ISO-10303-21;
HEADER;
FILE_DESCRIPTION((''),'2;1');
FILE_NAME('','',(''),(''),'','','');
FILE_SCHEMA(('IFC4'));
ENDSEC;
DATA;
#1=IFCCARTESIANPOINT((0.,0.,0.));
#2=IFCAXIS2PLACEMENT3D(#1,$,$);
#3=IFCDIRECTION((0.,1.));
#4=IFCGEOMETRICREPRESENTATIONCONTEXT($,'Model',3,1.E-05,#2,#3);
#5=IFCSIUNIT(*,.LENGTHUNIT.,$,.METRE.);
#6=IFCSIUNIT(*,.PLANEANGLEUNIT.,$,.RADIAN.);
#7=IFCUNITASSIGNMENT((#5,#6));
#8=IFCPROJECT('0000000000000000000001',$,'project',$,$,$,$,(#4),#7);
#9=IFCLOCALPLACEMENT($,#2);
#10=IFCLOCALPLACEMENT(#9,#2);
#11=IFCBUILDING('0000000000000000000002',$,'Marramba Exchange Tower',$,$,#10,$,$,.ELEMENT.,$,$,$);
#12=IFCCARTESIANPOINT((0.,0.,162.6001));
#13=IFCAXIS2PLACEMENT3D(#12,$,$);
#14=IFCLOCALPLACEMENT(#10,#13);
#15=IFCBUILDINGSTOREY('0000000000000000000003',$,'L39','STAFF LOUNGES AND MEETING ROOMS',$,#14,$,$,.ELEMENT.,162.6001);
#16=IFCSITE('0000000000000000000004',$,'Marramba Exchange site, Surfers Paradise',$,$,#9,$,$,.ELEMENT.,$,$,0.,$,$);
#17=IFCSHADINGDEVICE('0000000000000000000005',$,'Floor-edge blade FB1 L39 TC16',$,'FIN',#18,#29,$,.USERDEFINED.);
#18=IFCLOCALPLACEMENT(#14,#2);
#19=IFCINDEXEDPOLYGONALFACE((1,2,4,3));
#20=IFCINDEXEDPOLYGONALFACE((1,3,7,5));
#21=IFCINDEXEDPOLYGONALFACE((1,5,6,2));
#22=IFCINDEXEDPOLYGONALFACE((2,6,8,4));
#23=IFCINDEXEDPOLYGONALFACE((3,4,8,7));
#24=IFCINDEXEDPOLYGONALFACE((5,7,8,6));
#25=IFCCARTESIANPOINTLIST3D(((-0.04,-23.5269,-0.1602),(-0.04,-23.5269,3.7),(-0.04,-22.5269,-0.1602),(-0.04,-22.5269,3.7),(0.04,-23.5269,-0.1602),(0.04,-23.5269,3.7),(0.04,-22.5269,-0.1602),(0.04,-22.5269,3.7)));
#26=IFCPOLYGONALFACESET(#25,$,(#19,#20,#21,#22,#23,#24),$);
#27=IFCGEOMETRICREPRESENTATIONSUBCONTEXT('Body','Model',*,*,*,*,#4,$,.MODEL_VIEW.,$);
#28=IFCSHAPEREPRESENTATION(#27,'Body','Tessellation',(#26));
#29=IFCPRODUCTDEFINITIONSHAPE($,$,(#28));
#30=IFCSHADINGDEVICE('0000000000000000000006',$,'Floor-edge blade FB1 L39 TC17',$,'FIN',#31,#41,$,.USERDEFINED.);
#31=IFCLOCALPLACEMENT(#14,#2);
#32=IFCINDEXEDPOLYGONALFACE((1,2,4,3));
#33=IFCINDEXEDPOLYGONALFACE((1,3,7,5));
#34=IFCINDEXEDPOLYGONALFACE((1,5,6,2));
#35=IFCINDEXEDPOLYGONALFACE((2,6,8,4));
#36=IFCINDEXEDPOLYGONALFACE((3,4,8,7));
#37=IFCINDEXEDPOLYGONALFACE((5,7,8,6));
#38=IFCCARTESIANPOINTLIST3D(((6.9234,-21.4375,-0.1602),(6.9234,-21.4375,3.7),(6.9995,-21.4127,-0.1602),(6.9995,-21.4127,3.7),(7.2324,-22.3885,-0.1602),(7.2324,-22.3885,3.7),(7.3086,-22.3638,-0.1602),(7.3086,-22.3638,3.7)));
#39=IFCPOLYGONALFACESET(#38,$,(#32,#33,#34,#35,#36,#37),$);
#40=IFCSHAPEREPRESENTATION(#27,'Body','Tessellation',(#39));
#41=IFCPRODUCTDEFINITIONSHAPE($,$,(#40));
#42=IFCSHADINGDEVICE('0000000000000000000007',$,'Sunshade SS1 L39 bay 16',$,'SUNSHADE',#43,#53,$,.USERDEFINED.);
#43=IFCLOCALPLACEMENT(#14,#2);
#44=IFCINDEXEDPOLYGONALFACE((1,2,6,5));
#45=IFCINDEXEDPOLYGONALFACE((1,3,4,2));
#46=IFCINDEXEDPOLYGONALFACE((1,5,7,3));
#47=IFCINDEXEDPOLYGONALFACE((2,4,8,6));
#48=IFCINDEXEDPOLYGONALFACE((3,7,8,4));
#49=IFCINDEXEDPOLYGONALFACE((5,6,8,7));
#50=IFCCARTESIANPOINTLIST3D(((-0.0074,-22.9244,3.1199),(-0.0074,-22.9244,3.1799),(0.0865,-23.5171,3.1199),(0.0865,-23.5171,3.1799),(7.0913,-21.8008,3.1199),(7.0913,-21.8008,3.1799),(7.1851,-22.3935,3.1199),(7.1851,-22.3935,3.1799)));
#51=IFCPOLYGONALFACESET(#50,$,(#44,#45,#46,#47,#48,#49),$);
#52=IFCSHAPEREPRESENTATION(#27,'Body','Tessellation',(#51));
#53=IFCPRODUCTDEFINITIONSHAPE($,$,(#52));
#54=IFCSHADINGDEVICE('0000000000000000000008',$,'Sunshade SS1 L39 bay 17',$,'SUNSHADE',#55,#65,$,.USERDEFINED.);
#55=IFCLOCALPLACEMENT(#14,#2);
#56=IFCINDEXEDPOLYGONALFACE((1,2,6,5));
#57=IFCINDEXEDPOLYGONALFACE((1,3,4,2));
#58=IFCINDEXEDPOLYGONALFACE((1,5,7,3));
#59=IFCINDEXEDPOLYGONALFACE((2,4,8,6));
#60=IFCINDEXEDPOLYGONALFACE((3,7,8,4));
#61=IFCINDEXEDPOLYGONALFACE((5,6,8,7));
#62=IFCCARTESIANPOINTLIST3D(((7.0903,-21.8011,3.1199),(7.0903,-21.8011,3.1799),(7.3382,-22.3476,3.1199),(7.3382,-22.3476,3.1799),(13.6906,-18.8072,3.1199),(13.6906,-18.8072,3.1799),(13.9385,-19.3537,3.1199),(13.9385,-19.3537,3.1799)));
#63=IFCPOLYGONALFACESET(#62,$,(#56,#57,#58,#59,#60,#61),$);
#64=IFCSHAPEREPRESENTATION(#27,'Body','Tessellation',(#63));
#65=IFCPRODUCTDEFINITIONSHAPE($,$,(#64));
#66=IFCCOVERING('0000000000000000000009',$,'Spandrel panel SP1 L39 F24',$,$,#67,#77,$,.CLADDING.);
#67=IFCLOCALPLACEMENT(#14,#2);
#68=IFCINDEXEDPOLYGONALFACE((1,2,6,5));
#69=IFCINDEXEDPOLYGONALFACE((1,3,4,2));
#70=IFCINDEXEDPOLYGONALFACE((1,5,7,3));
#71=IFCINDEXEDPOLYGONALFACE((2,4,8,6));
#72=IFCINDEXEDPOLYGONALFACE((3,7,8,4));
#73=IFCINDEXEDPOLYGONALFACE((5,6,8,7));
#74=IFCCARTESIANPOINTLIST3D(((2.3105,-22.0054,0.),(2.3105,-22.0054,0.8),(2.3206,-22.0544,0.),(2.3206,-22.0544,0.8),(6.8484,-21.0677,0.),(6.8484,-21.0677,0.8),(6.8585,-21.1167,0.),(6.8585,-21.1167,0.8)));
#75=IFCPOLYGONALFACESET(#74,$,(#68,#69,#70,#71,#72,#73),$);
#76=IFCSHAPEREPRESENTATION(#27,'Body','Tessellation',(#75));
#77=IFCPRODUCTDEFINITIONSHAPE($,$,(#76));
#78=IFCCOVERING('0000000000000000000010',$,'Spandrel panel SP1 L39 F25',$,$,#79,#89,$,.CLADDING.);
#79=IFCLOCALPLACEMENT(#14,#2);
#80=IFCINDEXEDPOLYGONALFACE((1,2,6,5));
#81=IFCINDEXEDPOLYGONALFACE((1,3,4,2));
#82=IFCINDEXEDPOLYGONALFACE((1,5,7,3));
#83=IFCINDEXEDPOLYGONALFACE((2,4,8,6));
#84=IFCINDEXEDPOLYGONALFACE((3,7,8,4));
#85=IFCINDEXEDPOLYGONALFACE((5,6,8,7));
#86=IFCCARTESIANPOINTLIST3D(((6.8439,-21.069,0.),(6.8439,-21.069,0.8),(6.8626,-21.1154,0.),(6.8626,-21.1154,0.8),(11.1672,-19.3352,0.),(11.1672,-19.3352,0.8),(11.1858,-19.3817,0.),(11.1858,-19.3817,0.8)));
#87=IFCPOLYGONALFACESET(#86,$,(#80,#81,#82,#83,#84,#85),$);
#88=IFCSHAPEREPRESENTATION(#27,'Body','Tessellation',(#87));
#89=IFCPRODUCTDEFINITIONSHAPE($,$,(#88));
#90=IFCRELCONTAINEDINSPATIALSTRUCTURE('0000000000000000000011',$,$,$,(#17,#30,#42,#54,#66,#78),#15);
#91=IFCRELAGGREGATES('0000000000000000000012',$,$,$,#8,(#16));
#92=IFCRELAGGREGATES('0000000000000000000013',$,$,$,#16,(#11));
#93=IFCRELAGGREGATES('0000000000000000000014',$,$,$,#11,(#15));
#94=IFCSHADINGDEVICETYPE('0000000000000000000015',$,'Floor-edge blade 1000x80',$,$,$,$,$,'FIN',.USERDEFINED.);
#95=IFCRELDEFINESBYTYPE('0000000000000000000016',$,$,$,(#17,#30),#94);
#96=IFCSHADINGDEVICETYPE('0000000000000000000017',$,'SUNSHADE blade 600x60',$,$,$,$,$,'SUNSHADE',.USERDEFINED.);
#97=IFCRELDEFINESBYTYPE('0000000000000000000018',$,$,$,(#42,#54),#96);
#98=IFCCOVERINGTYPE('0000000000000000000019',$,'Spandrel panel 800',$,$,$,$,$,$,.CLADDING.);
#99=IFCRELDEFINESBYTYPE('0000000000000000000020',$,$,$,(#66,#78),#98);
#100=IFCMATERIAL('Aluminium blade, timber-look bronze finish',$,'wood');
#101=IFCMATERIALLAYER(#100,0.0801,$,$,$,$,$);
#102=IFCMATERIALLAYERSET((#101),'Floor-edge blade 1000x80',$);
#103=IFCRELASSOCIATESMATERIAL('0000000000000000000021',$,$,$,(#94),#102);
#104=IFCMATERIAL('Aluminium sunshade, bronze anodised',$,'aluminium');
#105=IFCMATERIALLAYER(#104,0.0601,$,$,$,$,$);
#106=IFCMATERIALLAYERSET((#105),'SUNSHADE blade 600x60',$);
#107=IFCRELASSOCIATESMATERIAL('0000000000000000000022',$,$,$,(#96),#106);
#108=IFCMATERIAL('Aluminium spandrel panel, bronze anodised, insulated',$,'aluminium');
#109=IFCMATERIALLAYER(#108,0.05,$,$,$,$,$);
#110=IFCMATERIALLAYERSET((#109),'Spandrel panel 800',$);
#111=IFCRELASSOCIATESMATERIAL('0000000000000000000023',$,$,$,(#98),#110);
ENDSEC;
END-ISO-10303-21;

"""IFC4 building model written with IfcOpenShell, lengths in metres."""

from ifc_helpers import new_model, si_unit, direction, frame, origin, origin_2d, place, context, subcontext, project, spatial, rectangle, extrude, material, layer, layer_set, type_object, element, save


model = new_model("IFC4")

# Units and contexts
model_context = context("Model", 3, precision=1e-05, world=origin(), true_north=direction((0.0, 1.0)))
body_context = subcontext(model_context, "Body", "Model", "MODEL_VIEW")
ifc_project = project(units=[si_unit("LENGTHUNIT", "METRE"), si_unit("PLANEANGLEUNIT", "RADIAN")], contexts=[model_context])

# Site, building, storey
site_placement = place(None, origin())
site = spatial("IfcSite", under=ifc_project, at=site_placement, Name="Marramba Exchange site, Surfers Paradise", CompositionType="ELEMENT", RefElevation=0.0)
building_placement = place(site_placement, origin())
building = spatial("IfcBuilding", under=site, at=building_placement, Name="Marramba Exchange Tower", CompositionType="ELEMENT")
storey_placement = place(building_placement, frame((0.0, 0.0, 162.6001)))
storey = spatial("IfcBuildingStorey", under=building, at=storey_placement, Name="L39", Description="STAFF LOUNGES AND MEETING ROOMS", CompositionType="ELEMENT", Elevation=162.6001)

# Shading devices
ifc_material_1 = material(Name="Aluminium blade, timber-look bronze finish", Category="wood")
ifc_layer_1 = layer(ifc_material_1, 0.0801)
ifc_layer_set_1 = layer_set([ifc_layer_1], Name="Floor-edge blade 1000x80")
shading_device_type_1 = type_object("IfcShadingDeviceType", Name="Floor-edge blade 1000x80", ElementType="FIN", PredefinedType="USERDEFINED", material=ifc_layer_set_1)
for number, where, z_axis, x_axis, name in (
    (1, (0.0, -23.0269, -0.1602), (0.0, 0.0, 1.0), (0.0, -1.0, 0.0), "Floor-edge blade FB1 L39 TC16"),
    (2, (7.116, -21.9006, -0.1602), (0.0, 0.0, 1.0), (0.309017, -0.951057, 0.0), "Floor-edge blade FB1 L39 TC17"),
):
    element("IfcShadingDevice", number, at=place(storey_placement, frame(where, z_axis=z_axis, x_axis=x_axis)), inside=storey, type_object=shading_device_type_1, Name=name, ObjectType="FIN", PredefinedType="USERDEFINED", context=body_context, shape_type="SweptSolid", body=[
        extrude(rectangle(XDim=1.0, YDim=0.0801, at=origin_2d()), origin(), (0.0, 0.0, 1.0), 3.8601),
    ])
ifc_material_2 = material(Name="Aluminium sunshade, bronze anodised", Category="aluminium")
ifc_layer_2 = layer(ifc_material_2, 0.0601)
ifc_layer_set_2 = layer_set([ifc_layer_2], Name="SUNSHADE blade 600x60")
shading_device_type_2 = type_object("IfcShadingDeviceType", Name="SUNSHADE blade 600x60", ElementType="SUNSHADE", PredefinedType="USERDEFINED", material=ifc_layer_set_2)
shading_device_1_placement = place(storey_placement, frame((3.5889, -22.6589, 3.1199), z_axis=(0.0, 0.0, 1.0), x_axis=(0.987705, 0.15633, 0.0)))
element("IfcShadingDevice", 3, at=shading_device_1_placement, inside=storey, type_object=shading_device_type_2, Name="Sunshade SS1 L39 bay 16", ObjectType="SUNSHADE", PredefinedType="USERDEFINED", context=body_context, shape_type="SweptSolid", body=[
    extrude(rectangle(XDim=7.187, YDim=0.6001, at=origin_2d()), origin(), (0.0, 0.0, 1.0), 0.0601),
])
shading_device_2_placement = place(storey_placement, frame((10.5144, -20.5774, 3.1199), z_axis=(0.0, 0.0, 1.0), x_axis=(0.910692, 0.413086, 0.0)))
element("IfcShadingDevice", 4, at=shading_device_2_placement, inside=storey, type_object=shading_device_type_2, Name="Sunshade SS1 L39 bay 17", ObjectType="SUNSHADE", PredefinedType="USERDEFINED", context=body_context, shape_type="SweptSolid", body=[
    extrude(rectangle(XDim=7.2476, YDim=0.6001, at=origin_2d()), origin(), (0.0, 0.0, 1.0), 0.0601),
])

# Coverings
ifc_material_3 = material(Name="Aluminium spandrel panel, bronze anodised, insulated", Category="aluminium")
ifc_layer_3 = layer(ifc_material_3, 0.05)
ifc_layer_set_3 = layer_set([ifc_layer_3], Name="Spandrel panel 800")
covering_type = type_object("IfcCoveringType", Name="Spandrel panel 800", PredefinedType="CLADDING", material=ifc_layer_set_3)
covering_1_placement = place(storey_placement, frame((4.5845, -21.561, 0.0), z_axis=(0.0, 0.0, 1.0), x_axis=(0.97931, 0.202365, 0.0)))
element("IfcCovering", 5, at=covering_1_placement, inside=storey, type_object=covering_type, Name="Spandrel panel SP1 L39 F24", PredefinedType="CLADDING", context=body_context, shape_type="SweptSolid", body=[
    extrude(rectangle(XDim=4.6338, YDim=0.05, at=origin_2d()), origin(), (0.0, 0.0, 1.0), 0.8),
])
covering_2_placement = place(storey_placement, frame((9.0149, -20.2253, 0.0), z_axis=(0.0, 0.0, 1.0), x_axis=(0.928149, 0.372209, 0.0)))
element("IfcCovering", 6, at=covering_2_placement, inside=storey, type_object=covering_type, Name="Spandrel panel SP1 L39 F25", PredefinedType="CLADDING", context=body_context, shape_type="SweptSolid", body=[
    extrude(rectangle(XDim=4.658, YDim=0.05, at=origin_2d()), origin(), (0.0, 0.0, 1.0), 0.8),
])

save(model, "model.ifc")
